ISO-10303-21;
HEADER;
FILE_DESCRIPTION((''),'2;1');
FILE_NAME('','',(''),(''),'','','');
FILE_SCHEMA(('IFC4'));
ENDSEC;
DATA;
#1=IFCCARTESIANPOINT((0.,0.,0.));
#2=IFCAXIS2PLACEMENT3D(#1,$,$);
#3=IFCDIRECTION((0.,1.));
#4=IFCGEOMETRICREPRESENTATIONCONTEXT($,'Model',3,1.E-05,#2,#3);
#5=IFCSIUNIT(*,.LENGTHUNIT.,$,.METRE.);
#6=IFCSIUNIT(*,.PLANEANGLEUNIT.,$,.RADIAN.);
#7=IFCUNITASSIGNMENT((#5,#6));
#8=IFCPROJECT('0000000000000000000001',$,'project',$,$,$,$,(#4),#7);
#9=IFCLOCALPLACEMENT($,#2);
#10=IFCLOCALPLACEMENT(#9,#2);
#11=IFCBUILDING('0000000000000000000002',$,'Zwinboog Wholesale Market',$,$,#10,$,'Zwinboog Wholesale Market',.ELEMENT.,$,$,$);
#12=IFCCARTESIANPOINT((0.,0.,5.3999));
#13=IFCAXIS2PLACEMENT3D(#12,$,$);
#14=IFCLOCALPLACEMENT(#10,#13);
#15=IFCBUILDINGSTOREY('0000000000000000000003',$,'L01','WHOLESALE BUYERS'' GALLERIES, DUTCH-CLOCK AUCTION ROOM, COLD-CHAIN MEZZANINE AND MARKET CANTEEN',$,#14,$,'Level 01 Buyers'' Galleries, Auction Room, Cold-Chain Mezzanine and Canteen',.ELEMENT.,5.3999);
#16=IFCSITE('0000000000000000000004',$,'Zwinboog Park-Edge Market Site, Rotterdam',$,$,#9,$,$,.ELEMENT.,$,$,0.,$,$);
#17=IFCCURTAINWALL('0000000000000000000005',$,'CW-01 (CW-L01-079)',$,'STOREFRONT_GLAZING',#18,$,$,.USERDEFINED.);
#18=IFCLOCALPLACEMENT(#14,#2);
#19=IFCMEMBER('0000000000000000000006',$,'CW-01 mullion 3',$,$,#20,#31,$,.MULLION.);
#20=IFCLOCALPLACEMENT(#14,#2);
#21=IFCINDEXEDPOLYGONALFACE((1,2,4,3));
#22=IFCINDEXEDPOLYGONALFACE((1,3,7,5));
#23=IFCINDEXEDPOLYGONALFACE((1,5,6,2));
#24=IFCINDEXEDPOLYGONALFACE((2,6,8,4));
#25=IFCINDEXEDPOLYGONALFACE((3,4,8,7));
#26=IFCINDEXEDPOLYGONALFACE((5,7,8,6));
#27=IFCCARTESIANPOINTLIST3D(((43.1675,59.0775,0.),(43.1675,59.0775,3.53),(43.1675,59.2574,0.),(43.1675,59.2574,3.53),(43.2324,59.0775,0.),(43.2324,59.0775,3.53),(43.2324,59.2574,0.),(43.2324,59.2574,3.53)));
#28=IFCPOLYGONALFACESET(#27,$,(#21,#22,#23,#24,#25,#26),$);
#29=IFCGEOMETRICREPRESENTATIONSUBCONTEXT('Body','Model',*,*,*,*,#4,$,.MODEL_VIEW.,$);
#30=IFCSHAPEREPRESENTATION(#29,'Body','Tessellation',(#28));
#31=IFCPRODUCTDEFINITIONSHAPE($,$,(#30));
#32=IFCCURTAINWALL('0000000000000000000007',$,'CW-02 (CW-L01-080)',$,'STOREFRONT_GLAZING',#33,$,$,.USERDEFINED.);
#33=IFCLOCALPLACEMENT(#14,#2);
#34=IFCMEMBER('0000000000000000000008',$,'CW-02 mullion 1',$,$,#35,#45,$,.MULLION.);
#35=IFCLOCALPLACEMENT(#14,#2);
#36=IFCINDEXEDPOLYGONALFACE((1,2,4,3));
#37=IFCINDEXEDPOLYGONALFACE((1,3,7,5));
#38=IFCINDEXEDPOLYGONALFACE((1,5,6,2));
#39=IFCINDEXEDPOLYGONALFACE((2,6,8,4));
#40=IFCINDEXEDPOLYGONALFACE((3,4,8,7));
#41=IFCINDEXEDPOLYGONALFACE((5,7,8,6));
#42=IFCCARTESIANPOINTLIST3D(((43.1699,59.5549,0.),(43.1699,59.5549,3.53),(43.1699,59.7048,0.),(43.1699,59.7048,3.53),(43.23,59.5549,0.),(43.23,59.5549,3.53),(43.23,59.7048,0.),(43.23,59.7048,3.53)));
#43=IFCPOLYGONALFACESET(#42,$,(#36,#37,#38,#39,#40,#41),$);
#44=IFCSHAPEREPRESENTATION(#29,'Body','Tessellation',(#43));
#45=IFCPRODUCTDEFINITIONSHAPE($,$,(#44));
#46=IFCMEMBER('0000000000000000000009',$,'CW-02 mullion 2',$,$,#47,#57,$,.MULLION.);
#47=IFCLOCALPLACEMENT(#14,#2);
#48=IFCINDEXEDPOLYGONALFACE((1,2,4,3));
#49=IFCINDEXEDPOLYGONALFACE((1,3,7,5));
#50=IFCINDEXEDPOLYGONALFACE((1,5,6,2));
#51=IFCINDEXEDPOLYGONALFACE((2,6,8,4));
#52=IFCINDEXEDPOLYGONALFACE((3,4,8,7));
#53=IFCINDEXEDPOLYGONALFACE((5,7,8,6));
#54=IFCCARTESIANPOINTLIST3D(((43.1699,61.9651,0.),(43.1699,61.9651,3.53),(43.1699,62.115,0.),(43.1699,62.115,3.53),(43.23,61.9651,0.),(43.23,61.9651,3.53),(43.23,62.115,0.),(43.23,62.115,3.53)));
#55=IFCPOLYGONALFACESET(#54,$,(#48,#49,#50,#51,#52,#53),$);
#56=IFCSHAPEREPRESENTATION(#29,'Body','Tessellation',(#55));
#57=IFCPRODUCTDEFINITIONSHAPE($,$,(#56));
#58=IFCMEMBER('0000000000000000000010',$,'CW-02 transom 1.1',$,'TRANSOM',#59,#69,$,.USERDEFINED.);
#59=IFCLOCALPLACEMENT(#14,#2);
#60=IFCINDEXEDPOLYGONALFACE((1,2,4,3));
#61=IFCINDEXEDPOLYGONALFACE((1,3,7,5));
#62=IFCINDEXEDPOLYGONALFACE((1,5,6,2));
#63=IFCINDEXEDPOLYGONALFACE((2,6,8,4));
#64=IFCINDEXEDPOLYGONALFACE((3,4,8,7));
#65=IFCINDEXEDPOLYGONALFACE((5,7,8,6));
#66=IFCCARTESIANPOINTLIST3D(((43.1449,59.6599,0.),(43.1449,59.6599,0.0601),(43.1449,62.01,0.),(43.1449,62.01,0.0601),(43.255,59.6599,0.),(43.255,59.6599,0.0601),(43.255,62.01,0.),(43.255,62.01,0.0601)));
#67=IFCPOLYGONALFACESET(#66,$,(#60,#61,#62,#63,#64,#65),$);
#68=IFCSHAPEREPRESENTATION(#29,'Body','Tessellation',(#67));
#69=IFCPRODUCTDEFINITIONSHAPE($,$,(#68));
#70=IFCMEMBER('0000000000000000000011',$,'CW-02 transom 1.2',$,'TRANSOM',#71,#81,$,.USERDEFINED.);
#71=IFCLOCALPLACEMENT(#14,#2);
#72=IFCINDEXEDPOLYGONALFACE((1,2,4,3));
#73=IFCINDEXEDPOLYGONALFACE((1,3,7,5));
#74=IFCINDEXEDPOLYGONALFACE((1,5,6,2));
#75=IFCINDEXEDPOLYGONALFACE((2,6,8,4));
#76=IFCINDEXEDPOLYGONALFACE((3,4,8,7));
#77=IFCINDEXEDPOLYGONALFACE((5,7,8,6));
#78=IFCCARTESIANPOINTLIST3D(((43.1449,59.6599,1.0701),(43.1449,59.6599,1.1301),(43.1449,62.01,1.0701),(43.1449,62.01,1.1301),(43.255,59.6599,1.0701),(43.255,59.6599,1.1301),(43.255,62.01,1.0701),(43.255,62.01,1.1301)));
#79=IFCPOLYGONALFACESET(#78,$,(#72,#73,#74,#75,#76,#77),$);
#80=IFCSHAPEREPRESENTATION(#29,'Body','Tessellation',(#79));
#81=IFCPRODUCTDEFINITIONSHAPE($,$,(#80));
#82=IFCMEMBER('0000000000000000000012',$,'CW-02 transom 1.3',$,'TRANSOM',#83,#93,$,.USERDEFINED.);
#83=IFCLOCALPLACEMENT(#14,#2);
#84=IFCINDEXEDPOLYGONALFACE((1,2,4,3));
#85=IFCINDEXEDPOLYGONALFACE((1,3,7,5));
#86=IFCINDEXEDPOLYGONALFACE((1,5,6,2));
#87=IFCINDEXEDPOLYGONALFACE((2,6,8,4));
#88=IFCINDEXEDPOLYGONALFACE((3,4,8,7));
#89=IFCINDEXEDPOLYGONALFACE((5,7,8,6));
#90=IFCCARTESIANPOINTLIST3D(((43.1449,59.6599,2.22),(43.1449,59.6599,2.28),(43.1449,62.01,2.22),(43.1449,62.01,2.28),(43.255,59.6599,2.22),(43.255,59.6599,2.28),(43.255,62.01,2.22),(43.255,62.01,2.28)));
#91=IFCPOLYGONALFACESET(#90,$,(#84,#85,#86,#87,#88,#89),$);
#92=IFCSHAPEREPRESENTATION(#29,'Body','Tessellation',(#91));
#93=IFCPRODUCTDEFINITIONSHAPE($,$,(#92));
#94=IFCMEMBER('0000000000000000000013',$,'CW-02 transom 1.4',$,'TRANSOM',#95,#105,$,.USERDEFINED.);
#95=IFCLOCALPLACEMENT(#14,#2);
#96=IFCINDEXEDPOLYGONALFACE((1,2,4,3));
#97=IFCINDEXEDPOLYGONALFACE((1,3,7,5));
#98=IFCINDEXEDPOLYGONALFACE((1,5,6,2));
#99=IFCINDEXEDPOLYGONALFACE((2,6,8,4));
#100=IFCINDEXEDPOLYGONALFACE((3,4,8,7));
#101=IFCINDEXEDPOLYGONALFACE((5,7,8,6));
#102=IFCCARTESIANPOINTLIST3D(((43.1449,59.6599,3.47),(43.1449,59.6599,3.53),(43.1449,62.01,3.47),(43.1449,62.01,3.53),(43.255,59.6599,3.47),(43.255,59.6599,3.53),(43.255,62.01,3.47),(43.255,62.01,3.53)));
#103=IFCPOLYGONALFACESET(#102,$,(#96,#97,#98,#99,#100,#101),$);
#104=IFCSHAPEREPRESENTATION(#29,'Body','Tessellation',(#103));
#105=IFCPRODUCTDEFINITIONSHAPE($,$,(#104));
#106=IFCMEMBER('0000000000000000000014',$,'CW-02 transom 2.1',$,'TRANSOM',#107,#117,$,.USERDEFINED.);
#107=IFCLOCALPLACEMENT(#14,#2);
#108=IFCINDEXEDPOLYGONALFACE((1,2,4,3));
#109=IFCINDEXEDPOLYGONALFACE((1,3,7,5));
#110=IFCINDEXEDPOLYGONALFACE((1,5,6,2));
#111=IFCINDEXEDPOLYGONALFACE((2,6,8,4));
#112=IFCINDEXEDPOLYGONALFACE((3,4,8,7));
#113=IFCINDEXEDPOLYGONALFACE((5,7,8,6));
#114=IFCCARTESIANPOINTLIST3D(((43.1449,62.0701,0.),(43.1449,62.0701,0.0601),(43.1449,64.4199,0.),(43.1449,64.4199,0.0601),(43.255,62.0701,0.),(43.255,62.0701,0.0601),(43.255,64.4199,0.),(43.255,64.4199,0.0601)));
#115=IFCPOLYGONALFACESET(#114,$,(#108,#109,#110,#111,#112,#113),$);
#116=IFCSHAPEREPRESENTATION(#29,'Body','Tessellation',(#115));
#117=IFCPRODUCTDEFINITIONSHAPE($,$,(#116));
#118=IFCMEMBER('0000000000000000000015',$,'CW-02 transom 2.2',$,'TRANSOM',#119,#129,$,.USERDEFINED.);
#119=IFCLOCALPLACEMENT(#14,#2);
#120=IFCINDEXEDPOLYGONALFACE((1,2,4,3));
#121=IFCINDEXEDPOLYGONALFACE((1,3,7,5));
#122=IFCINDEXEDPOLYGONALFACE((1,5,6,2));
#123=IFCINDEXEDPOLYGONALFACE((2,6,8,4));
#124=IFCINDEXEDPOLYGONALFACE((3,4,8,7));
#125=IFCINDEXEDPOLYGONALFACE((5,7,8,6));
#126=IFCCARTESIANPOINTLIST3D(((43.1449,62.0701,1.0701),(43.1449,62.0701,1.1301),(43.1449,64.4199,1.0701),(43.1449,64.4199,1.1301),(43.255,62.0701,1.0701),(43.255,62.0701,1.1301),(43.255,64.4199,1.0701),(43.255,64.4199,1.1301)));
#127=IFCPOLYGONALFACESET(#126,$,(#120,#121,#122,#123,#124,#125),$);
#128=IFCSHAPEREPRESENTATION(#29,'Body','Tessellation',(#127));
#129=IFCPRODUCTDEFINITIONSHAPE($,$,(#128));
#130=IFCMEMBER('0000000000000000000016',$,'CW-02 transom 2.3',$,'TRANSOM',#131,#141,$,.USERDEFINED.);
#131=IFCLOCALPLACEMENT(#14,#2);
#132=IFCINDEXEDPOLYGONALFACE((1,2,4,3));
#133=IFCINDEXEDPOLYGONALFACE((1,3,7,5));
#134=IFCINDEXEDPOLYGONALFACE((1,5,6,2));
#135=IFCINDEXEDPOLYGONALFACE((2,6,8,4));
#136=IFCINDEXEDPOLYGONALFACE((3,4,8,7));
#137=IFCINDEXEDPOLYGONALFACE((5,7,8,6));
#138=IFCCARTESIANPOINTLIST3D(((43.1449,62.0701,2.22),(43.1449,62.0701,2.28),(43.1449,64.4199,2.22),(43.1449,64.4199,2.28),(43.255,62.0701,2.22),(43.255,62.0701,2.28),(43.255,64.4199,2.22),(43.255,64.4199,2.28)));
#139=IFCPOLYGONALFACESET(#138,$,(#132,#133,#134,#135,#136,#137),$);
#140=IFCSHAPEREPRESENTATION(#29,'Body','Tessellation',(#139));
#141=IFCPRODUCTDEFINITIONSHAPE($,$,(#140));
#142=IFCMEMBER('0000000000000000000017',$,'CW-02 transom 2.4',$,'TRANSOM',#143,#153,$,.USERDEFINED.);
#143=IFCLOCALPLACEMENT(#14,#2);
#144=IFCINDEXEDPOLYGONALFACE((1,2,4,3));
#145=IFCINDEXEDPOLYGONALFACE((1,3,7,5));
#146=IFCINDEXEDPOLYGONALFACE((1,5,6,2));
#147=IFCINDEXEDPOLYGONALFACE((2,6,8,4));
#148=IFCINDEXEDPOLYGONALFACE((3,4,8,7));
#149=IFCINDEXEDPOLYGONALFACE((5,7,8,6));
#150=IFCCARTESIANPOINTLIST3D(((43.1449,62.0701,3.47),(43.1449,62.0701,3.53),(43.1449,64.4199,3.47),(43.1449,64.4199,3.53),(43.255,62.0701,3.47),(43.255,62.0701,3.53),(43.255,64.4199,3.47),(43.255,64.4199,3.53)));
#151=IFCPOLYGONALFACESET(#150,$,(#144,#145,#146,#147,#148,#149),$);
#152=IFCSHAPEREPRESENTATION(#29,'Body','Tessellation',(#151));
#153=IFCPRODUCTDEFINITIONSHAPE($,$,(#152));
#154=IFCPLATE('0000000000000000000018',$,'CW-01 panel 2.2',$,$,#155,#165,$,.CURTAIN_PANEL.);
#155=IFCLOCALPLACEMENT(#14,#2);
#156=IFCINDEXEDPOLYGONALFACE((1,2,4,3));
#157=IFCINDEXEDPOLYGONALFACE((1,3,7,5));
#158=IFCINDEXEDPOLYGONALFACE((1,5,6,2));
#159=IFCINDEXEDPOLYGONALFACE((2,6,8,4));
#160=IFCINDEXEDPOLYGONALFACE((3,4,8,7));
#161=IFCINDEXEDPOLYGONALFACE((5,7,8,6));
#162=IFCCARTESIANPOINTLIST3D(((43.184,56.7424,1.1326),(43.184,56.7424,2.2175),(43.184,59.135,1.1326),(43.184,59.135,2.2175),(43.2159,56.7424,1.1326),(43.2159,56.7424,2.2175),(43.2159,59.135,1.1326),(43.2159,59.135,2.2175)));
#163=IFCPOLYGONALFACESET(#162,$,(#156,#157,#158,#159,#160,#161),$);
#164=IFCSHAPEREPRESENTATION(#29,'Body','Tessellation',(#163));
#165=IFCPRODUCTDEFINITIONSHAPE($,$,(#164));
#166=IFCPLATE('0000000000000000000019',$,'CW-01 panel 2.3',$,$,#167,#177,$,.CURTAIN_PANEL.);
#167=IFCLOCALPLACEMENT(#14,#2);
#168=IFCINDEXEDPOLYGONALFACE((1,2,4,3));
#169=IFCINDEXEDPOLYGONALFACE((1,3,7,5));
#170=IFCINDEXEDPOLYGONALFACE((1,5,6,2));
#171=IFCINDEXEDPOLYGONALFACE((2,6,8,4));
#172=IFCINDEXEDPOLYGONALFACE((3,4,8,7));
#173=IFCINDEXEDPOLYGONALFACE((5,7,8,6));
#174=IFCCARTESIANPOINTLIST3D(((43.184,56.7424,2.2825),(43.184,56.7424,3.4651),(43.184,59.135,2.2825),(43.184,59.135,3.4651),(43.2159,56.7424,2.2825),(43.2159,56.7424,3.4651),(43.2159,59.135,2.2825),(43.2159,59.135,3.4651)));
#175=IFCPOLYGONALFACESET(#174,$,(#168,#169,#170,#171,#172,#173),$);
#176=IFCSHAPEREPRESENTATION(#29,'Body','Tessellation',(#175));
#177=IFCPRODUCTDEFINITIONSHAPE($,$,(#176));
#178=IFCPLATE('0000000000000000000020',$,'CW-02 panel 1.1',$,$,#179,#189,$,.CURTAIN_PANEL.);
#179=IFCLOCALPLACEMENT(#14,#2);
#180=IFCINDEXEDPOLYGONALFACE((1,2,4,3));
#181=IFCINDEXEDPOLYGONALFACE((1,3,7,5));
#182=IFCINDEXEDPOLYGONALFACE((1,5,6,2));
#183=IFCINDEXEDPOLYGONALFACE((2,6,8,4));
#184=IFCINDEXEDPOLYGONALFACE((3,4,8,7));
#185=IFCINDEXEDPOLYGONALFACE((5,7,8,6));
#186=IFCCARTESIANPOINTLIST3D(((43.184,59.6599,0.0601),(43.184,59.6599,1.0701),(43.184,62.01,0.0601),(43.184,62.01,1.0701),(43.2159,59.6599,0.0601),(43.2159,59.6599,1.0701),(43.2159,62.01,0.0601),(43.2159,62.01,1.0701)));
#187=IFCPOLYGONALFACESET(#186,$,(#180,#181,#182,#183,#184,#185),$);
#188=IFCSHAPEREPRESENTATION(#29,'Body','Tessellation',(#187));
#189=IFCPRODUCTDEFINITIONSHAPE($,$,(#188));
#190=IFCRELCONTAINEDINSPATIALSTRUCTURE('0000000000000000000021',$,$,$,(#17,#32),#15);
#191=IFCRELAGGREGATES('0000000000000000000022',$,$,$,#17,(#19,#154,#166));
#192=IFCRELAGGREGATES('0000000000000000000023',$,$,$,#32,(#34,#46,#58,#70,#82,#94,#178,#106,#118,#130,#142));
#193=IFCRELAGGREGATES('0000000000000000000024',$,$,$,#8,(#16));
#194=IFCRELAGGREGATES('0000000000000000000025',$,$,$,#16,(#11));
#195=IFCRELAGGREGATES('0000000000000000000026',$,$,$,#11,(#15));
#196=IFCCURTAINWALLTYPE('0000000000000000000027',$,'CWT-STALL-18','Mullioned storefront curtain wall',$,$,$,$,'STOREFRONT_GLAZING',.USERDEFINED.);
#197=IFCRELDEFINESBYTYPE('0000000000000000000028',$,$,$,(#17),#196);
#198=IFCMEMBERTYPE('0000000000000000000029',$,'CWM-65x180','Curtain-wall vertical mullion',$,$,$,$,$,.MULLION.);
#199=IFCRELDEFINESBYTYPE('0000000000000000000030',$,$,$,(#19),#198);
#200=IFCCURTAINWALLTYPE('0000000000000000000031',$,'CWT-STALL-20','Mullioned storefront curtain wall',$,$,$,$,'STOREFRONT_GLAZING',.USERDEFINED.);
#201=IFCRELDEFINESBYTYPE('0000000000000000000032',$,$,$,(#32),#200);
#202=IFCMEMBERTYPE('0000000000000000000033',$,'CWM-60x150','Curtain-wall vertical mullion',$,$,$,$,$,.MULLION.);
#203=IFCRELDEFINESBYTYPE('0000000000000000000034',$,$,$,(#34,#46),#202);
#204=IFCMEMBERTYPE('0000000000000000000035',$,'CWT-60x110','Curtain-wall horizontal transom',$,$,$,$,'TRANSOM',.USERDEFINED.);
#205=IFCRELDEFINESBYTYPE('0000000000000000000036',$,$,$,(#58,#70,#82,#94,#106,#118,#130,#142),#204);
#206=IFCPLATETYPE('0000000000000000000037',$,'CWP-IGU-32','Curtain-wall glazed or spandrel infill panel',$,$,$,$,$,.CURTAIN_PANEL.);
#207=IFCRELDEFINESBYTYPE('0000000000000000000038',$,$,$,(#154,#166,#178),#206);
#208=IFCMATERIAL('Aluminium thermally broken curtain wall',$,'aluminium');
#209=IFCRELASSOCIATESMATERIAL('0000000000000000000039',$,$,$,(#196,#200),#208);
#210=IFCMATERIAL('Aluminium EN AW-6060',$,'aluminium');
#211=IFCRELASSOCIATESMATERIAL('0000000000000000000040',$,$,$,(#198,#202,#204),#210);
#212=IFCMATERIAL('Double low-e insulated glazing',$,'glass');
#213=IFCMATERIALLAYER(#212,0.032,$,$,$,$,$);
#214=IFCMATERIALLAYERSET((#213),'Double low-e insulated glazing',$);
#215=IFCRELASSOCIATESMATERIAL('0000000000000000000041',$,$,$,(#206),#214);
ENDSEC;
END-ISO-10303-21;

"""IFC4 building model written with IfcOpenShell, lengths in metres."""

from ifc_helpers import new_model, si_unit, direction, frame, origin, origin_2d, place, context, subcontext, project, spatial, rectangle, extrude, material, layer, layer_set, material_profile, profile_set, type_object, element, aggregate, save


model = new_model("IFC4")

# Units and contexts
model_context = context("Model", 3, precision=1e-05, world=origin(), true_north=direction((0.0, 1.0)))
body_context = subcontext(model_context, "Body", "Model", "MODEL_VIEW")
ifc_project = project(units=[si_unit("LENGTHUNIT", "METRE"), si_unit("PLANEANGLEUNIT", "RADIAN")], contexts=[model_context])

# Site, building, storey
site_placement = place(None, origin())
site = spatial("IfcSite", under=ifc_project, at=site_placement, Name="Zwinboog Park-Edge Market Site, Rotterdam", CompositionType="ELEMENT", RefElevation=0.0)
building_placement = place(site_placement, origin())
building = spatial("IfcBuilding", under=site, at=building_placement, Name="Zwinboog Wholesale Market", LongName="Zwinboog Wholesale Market", CompositionType="ELEMENT")
storey_placement = place(building_placement, frame((0.0, 0.0, 5.3999)))
storey = spatial("IfcBuildingStorey", under=building, at=storey_placement, Name="L01", Description="WHOLESALE BUYERS' GALLERIES, DUTCH-CLOCK AUCTION ROOM, COLD-CHAIN MEZZANINE AND MARKET CANTEEN", LongName="Level 01 Buyers' Galleries, Auction Room, Cold-Chain Mezzanine and Canteen", CompositionType="ELEMENT", Elevation=5.3999)

# Curtain wall, member
ifc_material_1 = material(Name="Aluminium thermally broken curtain wall", Category="aluminium")
curtain_wall_type_1 = type_object("IfcCurtainWallType", Name="CWT-STALL-18", Description="Mullioned storefront curtain wall", ElementType="STOREFRONT_GLAZING", PredefinedType="USERDEFINED", material=ifc_material_1)
curtain_wall_1_placement = place(storey_placement, origin())
curtain_wall_1 = element("IfcCurtainWall", 1, at=curtain_wall_1_placement, inside=storey, type_object=curtain_wall_type_1, Name="CW-01 (CW-L01-079)", ObjectType="STOREFRONT_GLAZING", PredefinedType="USERDEFINED")
ifc_material_2 = material(Name="Aluminium EN AW-6060", Category="aluminium")
ifc_material_profile_1 = material_profile(ifc_material_2, rectangle(XDim=0.0649, YDim=0.1799, at=origin_2d()), Name="AL 65x180")
ifc_profile_set_1 = profile_set([ifc_material_profile_1], Name="Aluminium EN AW-6060")
member_type_1 = type_object("IfcMemberType", Name="CWM-65x180", Description="Curtain-wall vertical mullion", PredefinedType="MULLION", material=ifc_profile_set_1)
member_1_placement = place(storey_placement, frame((43.2, 59.1675, 0.0), z_axis=(0.0, 0.0, 1.0), x_axis=(-1.0, 0.0, 0.0)))
member_1 = element("IfcMember", 2, at=member_1_placement, type_object=member_type_1, Name="CW-01 mullion 3", PredefinedType="MULLION", context=body_context, shape_type="SweptSolid", body=[
    extrude(rectangle(XDim=0.0649, YDim=0.1799, at=origin_2d()), origin(), (0.0, 0.0, 1.0), 3.53),
])

# Curtain wall, members
curtain_wall_type_2 = type_object("IfcCurtainWallType", Name="CWT-STALL-20", Description="Mullioned storefront curtain wall", ElementType="STOREFRONT_GLAZING", PredefinedType="USERDEFINED", material=ifc_material_1)
curtain_wall_2_placement = place(storey_placement, origin())
curtain_wall_2 = element("IfcCurtainWall", 3, at=curtain_wall_2_placement, inside=storey, type_object=curtain_wall_type_2, Name="CW-02 (CW-L01-080)", ObjectType="STOREFRONT_GLAZING", PredefinedType="USERDEFINED")
ifc_material_profile_2 = material_profile(ifc_material_2, rectangle(XDim=0.0601, YDim=0.1499, at=origin_2d()), Name="AL 60x150")
ifc_profile_set_2 = profile_set([ifc_material_profile_2], Name="Aluminium EN AW-6060")
member_type_2 = type_object("IfcMemberType", Name="CWM-60x150", Description="Curtain-wall vertical mullion", PredefinedType="MULLION", material=ifc_profile_set_2)
member_2_placement = place(storey_placement, frame((43.2, 59.6299, 0.0), z_axis=(0.0, 0.0, 1.0), x_axis=(-1.0, 0.0, 0.0)))
member_2 = element("IfcMember", 4, at=member_2_placement, type_object=member_type_2, Name="CW-02 mullion 1", PredefinedType="MULLION", context=body_context, shape_type="SweptSolid", body=[
    extrude(rectangle(XDim=0.0601, YDim=0.1499, at=origin_2d()), origin(), (0.0, 0.0, 1.0), 3.53),
])
member_3_placement = place(storey_placement, frame((43.2, 62.04, 0.0), z_axis=(0.0, 0.0, 1.0), x_axis=(-1.0, 0.0, 0.0)))
member_3 = element("IfcMember", 5, at=member_3_placement, type_object=member_type_2, Name="CW-02 mullion 2", PredefinedType="MULLION", context=body_context, shape_type="SweptSolid", body=[
    extrude(rectangle(XDim=0.0601, YDim=0.1499, at=origin_2d()), origin(), (0.0, 0.0, 1.0), 3.53),
])
ifc_material_profile_3 = material_profile(ifc_material_2, rectangle(XDim=0.1101, YDim=0.0601, at=origin_2d()), Name="AL 60x110")
ifc_profile_set_3 = profile_set([ifc_material_profile_3], Name="Aluminium EN AW-6060")
member_type_3 = type_object("IfcMemberType", Name="CWT-60x110", Description="Curtain-wall horizontal transom", ElementType="TRANSOM", PredefinedType="USERDEFINED", material=ifc_profile_set_3)
member_4_placement = place(storey_placement, frame((43.2, 59.6599, 0.03), z_axis=(0.0, 1.0, 0.0), x_axis=(-1.0, 0.0, 0.0)))
member_4 = element("IfcMember", 6, at=member_4_placement, type_object=member_type_3, Name="CW-02 transom 1.1", ObjectType="TRANSOM", PredefinedType="USERDEFINED", context=body_context, shape_type="SweptSolid", body=[
    extrude(rectangle(XDim=0.1101, YDim=0.0601, at=origin_2d()), origin(), (0.0, 0.0, 1.0), 2.3501),
])
member_5_placement = place(storey_placement, frame((43.2, 59.6599, 1.1001), z_axis=(0.0, 1.0, 0.0), x_axis=(-1.0, 0.0, 0.0)))
member_5 = element("IfcMember", 7, at=member_5_placement, type_object=member_type_3, Name="CW-02 transom 1.2", ObjectType="TRANSOM", PredefinedType="USERDEFINED", context=body_context, shape_type="SweptSolid", body=[
    extrude(rectangle(XDim=0.1101, YDim=0.0601, at=origin_2d()), origin(), (0.0, 0.0, 1.0), 2.3501),
])
member_6_placement = place(storey_placement, frame((43.2, 59.6599, 2.25), z_axis=(0.0, 1.0, 0.0), x_axis=(-1.0, 0.0, 0.0)))
member_6 = element("IfcMember", 8, at=member_6_placement, type_object=member_type_3, Name="CW-02 transom 1.3", ObjectType="TRANSOM", PredefinedType="USERDEFINED", context=body_context, shape_type="SweptSolid", body=[
    extrude(rectangle(XDim=0.1101, YDim=0.0601, at=origin_2d()), origin(), (0.0, 0.0, 1.0), 2.3501),
])
member_7_placement = place(storey_placement, frame((43.2, 59.6599, 3.5), z_axis=(0.0, 1.0, 0.0), x_axis=(-1.0, 0.0, 0.0)))
member_7 = element("IfcMember", 9, at=member_7_placement, type_object=member_type_3, Name="CW-02 transom 1.4", ObjectType="TRANSOM", PredefinedType="USERDEFINED", context=body_context, shape_type="SweptSolid", body=[
    extrude(rectangle(XDim=0.1101, YDim=0.0601, at=origin_2d()), origin(), (0.0, 0.0, 1.0), 2.3501),
])
member_8_placement = place(storey_placement, frame((43.2, 62.0701, 0.03), z_axis=(0.0, 1.0, 0.0), x_axis=(-1.0, 0.0, 0.0)))
member_8 = element("IfcMember", 10, at=member_8_placement, type_object=member_type_3, Name="CW-02 transom 2.1", ObjectType="TRANSOM", PredefinedType="USERDEFINED", context=body_context, shape_type="SweptSolid", body=[
    extrude(rectangle(XDim=0.1101, YDim=0.0601, at=origin_2d()), origin(), (0.0, 0.0, 1.0), 2.3499),
])
member_9_placement = place(storey_placement, frame((43.2, 62.0701, 1.1001), z_axis=(0.0, 1.0, 0.0), x_axis=(-1.0, 0.0, 0.0)))
member_9 = element("IfcMember", 11, at=member_9_placement, type_object=member_type_3, Name="CW-02 transom 2.2", ObjectType="TRANSOM", PredefinedType="USERDEFINED", context=body_context, shape_type="SweptSolid", body=[
    extrude(rectangle(XDim=0.1101, YDim=0.0601, at=origin_2d()), origin(), (0.0, 0.0, 1.0), 2.3499),
])
member_10_placement = place(storey_placement, frame((43.2, 62.0701, 2.25), z_axis=(0.0, 1.0, 0.0), x_axis=(-1.0, 0.0, 0.0)))
member_10 = element("IfcMember", 12, at=member_10_placement, type_object=member_type_3, Name="CW-02 transom 2.3", ObjectType="TRANSOM", PredefinedType="USERDEFINED", context=body_context, shape_type="SweptSolid", body=[
    extrude(rectangle(XDim=0.1101, YDim=0.0601, at=origin_2d()), origin(), (0.0, 0.0, 1.0), 2.3499),
])
member_11_placement = place(storey_placement, frame((43.2, 62.0701, 3.5), z_axis=(0.0, 1.0, 0.0), x_axis=(-1.0, 0.0, 0.0)))
member_11 = element("IfcMember", 13, at=member_11_placement, type_object=member_type_3, Name="CW-02 transom 2.4", ObjectType="TRANSOM", PredefinedType="USERDEFINED", context=body_context, shape_type="SweptSolid", body=[
    extrude(rectangle(XDim=0.1101, YDim=0.0601, at=origin_2d()), origin(), (0.0, 0.0, 1.0), 2.3499),
])

# Plates
ifc_material_3 = material(Name="Double low-e insulated glazing", Category="glass")
ifc_layer_1 = layer(ifc_material_3, 0.032)
ifc_layer_set_1 = layer_set([ifc_layer_1], Name="Double low-e insulated glazing")
plate_type = type_object("IfcPlateType", Name="CWP-IGU-32", Description="Curtain-wall glazed or spandrel infill panel", PredefinedType="CURTAIN_PANEL", material=ifc_layer_set_1)
plate_1_placement = place(storey_placement, frame((43.2, 57.9387, 1.1326), z_axis=(0.0, 0.0, 1.0), x_axis=(0.0, 1.0, 0.0)))
plate_1 = element("IfcPlate", 14, at=plate_1_placement, type_object=plate_type, Name="CW-01 panel 2.2", PredefinedType="CURTAIN_PANEL", context=body_context, shape_type="SweptSolid", body=[
    extrude(rectangle(XDim=2.3926, YDim=0.032, at=origin_2d()), origin(), (0.0, 0.0, 1.0), 1.085),
])
plate_2_placement = place(storey_placement, frame((43.2, 57.9387, 2.2825), z_axis=(0.0, 0.0, 1.0), x_axis=(0.0, 1.0, 0.0)))
plate_2 = element("IfcPlate", 15, at=plate_2_placement, type_object=plate_type, Name="CW-01 panel 2.3", PredefinedType="CURTAIN_PANEL", context=body_context, shape_type="SweptSolid", body=[
    extrude(rectangle(XDim=2.3926, YDim=0.032, at=origin_2d()), origin(), (0.0, 0.0, 1.0), 1.1826),
])
aggregate(curtain_wall_1, [member_1, plate_1, plate_2])
plate_3_placement = place(storey_placement, frame((43.2, 60.835, 0.0601), z_axis=(0.0, 0.0, 1.0), x_axis=(0.0, 1.0, 0.0)))
plate_3 = element("IfcPlate", 16, at=plate_3_placement, type_object=plate_type, Name="CW-02 panel 1.1", PredefinedType="CURTAIN_PANEL", context=body_context, shape_type="SweptSolid", body=[
    extrude(rectangle(XDim=2.3501, YDim=0.032, at=origin_2d()), origin(), (0.0, 0.0, 1.0), 1.01),
])
aggregate(curtain_wall_2, [member_2, member_3, member_4, member_5, member_6, member_7, plate_3, member_8, member_9, member_10, member_11])

save(model, "model.ifc")
